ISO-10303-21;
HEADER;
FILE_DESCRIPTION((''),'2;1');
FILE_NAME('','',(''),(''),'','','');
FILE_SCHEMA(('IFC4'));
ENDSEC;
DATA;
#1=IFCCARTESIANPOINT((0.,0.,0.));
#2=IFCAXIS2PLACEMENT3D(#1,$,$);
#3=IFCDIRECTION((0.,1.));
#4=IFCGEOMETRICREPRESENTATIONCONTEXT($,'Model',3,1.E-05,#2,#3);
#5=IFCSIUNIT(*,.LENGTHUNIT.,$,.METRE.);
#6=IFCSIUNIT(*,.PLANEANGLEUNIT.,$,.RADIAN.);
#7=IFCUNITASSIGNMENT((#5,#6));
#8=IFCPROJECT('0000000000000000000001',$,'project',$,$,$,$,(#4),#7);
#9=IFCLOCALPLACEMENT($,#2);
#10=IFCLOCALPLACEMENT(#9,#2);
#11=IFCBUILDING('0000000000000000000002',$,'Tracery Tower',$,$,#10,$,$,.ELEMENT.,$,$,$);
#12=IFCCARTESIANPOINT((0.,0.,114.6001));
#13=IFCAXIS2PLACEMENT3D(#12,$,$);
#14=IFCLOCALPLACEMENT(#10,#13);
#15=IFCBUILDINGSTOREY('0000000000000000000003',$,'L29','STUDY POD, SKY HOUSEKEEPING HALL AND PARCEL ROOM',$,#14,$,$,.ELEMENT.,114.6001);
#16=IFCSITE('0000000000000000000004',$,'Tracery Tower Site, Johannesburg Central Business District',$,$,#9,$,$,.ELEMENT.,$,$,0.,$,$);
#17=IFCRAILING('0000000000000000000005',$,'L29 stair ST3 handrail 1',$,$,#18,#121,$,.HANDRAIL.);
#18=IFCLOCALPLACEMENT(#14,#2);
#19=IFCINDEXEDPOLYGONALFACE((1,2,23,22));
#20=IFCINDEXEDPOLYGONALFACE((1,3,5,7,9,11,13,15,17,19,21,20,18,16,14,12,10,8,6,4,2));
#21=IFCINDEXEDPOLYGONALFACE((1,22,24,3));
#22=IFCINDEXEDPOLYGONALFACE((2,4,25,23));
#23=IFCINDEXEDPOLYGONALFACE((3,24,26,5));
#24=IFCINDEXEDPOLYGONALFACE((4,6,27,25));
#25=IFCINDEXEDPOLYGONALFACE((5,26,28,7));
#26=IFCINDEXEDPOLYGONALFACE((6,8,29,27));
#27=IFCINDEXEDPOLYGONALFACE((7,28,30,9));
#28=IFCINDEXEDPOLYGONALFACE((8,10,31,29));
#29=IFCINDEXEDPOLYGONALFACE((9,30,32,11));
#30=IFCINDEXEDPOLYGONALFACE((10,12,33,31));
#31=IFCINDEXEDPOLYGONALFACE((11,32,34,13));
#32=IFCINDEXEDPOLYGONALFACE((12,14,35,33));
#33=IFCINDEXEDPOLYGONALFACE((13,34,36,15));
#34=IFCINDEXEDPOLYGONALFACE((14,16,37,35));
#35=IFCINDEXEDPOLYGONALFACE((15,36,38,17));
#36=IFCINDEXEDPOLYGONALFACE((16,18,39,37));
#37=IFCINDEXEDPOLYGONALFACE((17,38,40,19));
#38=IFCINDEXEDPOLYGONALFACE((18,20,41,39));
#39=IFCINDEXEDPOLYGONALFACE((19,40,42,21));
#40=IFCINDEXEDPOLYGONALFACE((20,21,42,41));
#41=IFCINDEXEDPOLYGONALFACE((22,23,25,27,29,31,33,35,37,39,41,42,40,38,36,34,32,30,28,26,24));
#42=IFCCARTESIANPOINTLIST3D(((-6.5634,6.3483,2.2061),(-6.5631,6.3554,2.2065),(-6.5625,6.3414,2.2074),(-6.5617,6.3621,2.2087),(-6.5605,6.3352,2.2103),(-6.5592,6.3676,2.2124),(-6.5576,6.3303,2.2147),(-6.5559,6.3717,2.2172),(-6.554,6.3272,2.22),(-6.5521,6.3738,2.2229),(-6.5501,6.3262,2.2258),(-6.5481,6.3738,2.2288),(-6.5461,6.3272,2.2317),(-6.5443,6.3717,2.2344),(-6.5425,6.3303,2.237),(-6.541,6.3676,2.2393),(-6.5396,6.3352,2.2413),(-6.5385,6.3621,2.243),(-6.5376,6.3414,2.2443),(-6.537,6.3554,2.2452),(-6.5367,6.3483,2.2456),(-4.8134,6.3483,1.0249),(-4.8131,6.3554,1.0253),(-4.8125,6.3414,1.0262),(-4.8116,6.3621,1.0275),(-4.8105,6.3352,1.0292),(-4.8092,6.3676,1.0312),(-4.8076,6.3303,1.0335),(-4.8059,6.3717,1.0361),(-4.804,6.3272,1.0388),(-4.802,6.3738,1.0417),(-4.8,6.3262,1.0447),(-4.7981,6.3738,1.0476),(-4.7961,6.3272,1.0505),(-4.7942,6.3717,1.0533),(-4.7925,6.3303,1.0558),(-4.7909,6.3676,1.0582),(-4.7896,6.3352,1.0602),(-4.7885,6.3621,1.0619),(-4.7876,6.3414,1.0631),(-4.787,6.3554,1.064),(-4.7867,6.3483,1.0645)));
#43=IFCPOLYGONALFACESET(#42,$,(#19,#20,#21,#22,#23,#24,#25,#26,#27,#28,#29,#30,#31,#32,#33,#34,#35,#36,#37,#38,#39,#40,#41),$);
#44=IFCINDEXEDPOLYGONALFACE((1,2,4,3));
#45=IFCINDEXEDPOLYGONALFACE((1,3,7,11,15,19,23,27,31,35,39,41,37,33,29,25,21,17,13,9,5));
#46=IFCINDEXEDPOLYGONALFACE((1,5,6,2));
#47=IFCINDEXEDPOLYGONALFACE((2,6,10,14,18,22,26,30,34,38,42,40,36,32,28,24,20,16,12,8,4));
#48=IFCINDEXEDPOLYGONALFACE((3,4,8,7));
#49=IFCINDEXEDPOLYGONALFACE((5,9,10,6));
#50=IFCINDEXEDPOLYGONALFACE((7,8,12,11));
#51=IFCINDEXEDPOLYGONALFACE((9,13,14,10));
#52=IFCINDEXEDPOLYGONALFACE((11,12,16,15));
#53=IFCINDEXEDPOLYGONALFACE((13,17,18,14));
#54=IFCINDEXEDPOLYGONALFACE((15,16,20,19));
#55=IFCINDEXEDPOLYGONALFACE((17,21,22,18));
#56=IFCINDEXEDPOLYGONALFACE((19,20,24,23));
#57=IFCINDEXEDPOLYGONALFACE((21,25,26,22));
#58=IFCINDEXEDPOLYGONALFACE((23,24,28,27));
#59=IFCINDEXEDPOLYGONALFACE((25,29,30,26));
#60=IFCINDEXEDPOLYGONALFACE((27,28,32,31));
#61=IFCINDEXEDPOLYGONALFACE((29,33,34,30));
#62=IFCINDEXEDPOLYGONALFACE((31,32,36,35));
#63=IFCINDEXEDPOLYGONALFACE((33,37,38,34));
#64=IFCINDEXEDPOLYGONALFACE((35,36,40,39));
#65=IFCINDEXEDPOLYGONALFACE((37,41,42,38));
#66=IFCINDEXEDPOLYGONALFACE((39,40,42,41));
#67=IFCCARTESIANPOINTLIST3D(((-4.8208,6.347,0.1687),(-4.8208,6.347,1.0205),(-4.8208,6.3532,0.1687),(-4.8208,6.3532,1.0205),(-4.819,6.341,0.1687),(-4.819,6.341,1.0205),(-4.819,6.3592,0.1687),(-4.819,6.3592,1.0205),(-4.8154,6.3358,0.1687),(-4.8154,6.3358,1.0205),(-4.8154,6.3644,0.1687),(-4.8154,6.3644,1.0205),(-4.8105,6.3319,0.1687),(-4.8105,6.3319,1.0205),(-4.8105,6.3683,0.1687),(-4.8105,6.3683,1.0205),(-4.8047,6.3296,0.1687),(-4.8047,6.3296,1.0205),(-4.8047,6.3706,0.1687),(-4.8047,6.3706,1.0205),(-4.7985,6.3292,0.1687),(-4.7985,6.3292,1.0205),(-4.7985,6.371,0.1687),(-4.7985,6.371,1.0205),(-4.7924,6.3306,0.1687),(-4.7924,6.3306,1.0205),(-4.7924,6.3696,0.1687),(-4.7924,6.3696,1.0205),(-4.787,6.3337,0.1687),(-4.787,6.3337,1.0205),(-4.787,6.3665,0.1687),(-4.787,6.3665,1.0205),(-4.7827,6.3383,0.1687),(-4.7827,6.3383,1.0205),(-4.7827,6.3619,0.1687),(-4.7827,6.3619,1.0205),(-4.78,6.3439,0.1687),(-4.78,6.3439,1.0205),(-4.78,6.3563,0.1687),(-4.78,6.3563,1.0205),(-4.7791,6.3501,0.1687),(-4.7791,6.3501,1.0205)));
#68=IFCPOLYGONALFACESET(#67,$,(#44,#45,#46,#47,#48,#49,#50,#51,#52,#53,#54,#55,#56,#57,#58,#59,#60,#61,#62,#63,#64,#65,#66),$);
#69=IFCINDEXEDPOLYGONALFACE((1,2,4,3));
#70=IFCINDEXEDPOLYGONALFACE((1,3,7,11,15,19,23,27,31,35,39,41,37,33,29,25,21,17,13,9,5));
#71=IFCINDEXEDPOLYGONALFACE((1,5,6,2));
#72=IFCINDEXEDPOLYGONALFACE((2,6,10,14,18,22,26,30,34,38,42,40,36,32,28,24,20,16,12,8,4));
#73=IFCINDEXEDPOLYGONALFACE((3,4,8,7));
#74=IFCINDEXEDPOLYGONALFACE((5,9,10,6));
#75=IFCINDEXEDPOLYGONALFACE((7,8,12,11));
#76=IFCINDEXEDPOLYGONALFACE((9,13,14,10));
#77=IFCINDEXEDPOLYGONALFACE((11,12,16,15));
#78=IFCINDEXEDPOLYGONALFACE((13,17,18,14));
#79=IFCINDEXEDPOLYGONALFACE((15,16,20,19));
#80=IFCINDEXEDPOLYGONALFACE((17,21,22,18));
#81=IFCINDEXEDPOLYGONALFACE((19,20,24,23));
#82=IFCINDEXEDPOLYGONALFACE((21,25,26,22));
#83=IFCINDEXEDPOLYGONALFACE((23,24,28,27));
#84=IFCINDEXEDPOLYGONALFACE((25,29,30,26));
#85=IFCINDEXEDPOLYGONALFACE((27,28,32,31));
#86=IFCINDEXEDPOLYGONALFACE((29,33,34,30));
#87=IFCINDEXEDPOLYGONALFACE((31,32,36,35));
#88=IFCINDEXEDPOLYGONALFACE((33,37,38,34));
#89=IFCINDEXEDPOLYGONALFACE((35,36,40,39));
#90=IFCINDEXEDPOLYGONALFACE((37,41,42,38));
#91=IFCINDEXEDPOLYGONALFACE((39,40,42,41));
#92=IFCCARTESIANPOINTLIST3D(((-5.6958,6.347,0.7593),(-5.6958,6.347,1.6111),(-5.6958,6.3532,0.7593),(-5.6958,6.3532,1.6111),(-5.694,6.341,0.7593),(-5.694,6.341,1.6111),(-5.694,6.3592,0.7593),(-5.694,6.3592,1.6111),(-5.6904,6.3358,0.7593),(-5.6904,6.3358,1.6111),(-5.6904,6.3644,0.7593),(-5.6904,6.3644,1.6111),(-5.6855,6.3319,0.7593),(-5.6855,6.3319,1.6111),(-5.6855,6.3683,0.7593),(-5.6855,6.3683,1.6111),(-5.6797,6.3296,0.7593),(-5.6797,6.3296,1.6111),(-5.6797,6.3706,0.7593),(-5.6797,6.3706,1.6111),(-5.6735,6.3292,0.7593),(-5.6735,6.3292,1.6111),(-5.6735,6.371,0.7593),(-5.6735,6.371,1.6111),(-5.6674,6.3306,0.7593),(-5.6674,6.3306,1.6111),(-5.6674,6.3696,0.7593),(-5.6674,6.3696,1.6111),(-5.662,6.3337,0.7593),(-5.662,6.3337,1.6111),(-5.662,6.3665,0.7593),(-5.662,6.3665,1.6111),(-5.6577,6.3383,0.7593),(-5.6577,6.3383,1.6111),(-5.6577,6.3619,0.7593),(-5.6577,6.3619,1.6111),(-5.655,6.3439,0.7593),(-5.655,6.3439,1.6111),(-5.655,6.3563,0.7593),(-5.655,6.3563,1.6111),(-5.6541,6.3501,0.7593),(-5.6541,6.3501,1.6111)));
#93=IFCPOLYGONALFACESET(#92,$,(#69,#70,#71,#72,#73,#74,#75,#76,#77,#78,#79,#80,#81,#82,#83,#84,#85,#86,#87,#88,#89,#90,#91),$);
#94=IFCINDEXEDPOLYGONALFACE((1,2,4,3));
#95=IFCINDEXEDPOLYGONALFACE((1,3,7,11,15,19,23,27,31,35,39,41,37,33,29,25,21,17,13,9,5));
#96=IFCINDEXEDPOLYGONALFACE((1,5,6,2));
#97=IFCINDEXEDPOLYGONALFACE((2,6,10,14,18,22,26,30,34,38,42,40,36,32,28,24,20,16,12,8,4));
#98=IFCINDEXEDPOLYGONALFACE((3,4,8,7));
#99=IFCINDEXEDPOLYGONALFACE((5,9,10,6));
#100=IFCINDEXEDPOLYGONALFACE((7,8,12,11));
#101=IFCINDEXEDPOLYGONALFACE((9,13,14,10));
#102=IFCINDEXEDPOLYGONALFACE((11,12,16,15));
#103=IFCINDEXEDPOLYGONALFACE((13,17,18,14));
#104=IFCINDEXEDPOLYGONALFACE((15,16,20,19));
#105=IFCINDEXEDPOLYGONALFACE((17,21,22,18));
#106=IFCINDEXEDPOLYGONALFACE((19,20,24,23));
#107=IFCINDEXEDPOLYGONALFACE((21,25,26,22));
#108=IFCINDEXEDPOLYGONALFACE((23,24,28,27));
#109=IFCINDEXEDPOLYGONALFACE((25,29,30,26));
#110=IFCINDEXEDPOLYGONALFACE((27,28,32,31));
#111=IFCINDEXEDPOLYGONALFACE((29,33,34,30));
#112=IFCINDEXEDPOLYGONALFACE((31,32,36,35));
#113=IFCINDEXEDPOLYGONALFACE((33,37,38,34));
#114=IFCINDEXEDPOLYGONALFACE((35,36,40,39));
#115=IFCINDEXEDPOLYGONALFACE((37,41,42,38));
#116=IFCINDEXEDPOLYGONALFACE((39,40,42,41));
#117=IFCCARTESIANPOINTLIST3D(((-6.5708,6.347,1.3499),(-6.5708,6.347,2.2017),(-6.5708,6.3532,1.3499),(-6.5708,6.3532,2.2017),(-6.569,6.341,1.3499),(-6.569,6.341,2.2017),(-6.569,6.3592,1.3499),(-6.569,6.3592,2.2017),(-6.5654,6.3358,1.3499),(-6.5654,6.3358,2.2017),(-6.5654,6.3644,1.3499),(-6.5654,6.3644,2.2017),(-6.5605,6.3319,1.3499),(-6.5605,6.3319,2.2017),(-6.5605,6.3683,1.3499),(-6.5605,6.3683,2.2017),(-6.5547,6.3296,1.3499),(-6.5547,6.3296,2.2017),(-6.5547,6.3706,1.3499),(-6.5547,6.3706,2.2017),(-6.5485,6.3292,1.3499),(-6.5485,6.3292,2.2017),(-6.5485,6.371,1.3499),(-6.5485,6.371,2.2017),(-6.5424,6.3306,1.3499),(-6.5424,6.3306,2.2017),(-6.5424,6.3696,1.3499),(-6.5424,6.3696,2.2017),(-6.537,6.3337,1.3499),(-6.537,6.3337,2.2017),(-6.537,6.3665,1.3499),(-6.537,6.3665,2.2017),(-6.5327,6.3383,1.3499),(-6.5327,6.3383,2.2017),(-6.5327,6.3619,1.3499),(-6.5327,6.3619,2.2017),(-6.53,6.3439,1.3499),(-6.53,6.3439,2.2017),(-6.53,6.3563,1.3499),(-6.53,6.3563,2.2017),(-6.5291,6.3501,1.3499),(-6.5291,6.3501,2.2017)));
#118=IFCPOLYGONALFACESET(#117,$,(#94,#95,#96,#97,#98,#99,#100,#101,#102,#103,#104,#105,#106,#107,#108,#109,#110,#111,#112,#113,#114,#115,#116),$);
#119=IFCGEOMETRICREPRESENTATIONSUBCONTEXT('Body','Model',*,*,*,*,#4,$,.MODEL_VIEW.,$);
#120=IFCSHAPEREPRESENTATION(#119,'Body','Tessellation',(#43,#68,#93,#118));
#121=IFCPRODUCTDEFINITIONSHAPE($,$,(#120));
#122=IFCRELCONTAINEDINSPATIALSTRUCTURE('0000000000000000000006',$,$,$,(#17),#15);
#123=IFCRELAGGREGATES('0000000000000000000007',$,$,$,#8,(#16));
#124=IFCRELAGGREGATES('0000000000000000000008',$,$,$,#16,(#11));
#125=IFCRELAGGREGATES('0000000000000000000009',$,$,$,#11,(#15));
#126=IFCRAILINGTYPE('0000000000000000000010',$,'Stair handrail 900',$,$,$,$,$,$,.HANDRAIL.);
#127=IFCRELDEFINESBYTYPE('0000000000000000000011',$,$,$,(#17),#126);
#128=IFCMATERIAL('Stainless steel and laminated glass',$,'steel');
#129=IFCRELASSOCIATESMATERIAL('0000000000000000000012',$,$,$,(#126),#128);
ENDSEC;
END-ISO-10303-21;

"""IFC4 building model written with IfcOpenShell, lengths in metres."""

from ifc_helpers import new_model, si_unit, direction, frame, origin, origin_2d, place, context, subcontext, project, spatial, circle, extrude, material, type_object, element, save


model = new_model("IFC4")

# Units and contexts
model_context = context("Model", 3, precision=1e-05, world=origin(), true_north=direction((0.0, 1.0)))
body_context = subcontext(model_context, "Body", "Model", "MODEL_VIEW")
ifc_project = project(units=[si_unit("LENGTHUNIT", "METRE"), si_unit("PLANEANGLEUNIT", "RADIAN")], contexts=[model_context])

# Site, building, storey
site_placement = place(None, origin())
site = spatial("IfcSite", under=ifc_project, at=site_placement, Name="Tracery Tower Site, Johannesburg Central Business District", CompositionType="ELEMENT", RefElevation=0.0)
building_placement = place(site_placement, origin())
building = spatial("IfcBuilding", under=site, at=building_placement, Name="Tracery Tower", CompositionType="ELEMENT")
storey_placement = place(building_placement, frame((0.0, 0.0, 114.6001)))
storey = spatial("IfcBuildingStorey", under=building, at=storey_placement, Name="L29", Description="STUDY POD, SKY HOUSEKEEPING HALL AND PARCEL ROOM", CompositionType="ELEMENT", Elevation=114.6001)

# Railing
ifc_material_1 = material(Name="Stainless steel and laminated glass", Category="steel")
railing_type_1 = type_object("IfcRailingType", Name="Stair handrail 900", PredefinedType="HANDRAIL", material=ifc_material_1)
railing_1_placement = place(storey_placement, frame((-4.8, 6.3501, 0.1687)))
element("IfcRailing", 1, at=railing_1_placement, inside=storey, type_object=railing_type_1, Name="L29 stair ST3 handrail 1", PredefinedType="HANDRAIL", context=body_context, shape_type="SweptSolid", body=[
    extrude(circle(Radius=0.0239, at=origin_2d()), frame((0.0, 0.0, 0.876), z_axis=(-0.82887, 0.0, 0.559441), x_axis=(0.0, -1.0, 0.0)), (0.0, 0.0, 1.0), 2.1113),
    extrude(circle(Radius=0.021, at=origin_2d()), origin(), (0.0, 0.0, 1.0), 0.8518),
    extrude(circle(Radius=0.021, at=origin_2d()), frame((-0.875, 0.0, 0.5906)), (0.0, 0.0, 1.0), 0.8518),
    extrude(circle(Radius=0.021, at=origin_2d()), frame((-1.75, 0.0, 1.1812)), (0.0, 0.0, 1.0), 0.8518),
])

save(model, "model.ifc")
